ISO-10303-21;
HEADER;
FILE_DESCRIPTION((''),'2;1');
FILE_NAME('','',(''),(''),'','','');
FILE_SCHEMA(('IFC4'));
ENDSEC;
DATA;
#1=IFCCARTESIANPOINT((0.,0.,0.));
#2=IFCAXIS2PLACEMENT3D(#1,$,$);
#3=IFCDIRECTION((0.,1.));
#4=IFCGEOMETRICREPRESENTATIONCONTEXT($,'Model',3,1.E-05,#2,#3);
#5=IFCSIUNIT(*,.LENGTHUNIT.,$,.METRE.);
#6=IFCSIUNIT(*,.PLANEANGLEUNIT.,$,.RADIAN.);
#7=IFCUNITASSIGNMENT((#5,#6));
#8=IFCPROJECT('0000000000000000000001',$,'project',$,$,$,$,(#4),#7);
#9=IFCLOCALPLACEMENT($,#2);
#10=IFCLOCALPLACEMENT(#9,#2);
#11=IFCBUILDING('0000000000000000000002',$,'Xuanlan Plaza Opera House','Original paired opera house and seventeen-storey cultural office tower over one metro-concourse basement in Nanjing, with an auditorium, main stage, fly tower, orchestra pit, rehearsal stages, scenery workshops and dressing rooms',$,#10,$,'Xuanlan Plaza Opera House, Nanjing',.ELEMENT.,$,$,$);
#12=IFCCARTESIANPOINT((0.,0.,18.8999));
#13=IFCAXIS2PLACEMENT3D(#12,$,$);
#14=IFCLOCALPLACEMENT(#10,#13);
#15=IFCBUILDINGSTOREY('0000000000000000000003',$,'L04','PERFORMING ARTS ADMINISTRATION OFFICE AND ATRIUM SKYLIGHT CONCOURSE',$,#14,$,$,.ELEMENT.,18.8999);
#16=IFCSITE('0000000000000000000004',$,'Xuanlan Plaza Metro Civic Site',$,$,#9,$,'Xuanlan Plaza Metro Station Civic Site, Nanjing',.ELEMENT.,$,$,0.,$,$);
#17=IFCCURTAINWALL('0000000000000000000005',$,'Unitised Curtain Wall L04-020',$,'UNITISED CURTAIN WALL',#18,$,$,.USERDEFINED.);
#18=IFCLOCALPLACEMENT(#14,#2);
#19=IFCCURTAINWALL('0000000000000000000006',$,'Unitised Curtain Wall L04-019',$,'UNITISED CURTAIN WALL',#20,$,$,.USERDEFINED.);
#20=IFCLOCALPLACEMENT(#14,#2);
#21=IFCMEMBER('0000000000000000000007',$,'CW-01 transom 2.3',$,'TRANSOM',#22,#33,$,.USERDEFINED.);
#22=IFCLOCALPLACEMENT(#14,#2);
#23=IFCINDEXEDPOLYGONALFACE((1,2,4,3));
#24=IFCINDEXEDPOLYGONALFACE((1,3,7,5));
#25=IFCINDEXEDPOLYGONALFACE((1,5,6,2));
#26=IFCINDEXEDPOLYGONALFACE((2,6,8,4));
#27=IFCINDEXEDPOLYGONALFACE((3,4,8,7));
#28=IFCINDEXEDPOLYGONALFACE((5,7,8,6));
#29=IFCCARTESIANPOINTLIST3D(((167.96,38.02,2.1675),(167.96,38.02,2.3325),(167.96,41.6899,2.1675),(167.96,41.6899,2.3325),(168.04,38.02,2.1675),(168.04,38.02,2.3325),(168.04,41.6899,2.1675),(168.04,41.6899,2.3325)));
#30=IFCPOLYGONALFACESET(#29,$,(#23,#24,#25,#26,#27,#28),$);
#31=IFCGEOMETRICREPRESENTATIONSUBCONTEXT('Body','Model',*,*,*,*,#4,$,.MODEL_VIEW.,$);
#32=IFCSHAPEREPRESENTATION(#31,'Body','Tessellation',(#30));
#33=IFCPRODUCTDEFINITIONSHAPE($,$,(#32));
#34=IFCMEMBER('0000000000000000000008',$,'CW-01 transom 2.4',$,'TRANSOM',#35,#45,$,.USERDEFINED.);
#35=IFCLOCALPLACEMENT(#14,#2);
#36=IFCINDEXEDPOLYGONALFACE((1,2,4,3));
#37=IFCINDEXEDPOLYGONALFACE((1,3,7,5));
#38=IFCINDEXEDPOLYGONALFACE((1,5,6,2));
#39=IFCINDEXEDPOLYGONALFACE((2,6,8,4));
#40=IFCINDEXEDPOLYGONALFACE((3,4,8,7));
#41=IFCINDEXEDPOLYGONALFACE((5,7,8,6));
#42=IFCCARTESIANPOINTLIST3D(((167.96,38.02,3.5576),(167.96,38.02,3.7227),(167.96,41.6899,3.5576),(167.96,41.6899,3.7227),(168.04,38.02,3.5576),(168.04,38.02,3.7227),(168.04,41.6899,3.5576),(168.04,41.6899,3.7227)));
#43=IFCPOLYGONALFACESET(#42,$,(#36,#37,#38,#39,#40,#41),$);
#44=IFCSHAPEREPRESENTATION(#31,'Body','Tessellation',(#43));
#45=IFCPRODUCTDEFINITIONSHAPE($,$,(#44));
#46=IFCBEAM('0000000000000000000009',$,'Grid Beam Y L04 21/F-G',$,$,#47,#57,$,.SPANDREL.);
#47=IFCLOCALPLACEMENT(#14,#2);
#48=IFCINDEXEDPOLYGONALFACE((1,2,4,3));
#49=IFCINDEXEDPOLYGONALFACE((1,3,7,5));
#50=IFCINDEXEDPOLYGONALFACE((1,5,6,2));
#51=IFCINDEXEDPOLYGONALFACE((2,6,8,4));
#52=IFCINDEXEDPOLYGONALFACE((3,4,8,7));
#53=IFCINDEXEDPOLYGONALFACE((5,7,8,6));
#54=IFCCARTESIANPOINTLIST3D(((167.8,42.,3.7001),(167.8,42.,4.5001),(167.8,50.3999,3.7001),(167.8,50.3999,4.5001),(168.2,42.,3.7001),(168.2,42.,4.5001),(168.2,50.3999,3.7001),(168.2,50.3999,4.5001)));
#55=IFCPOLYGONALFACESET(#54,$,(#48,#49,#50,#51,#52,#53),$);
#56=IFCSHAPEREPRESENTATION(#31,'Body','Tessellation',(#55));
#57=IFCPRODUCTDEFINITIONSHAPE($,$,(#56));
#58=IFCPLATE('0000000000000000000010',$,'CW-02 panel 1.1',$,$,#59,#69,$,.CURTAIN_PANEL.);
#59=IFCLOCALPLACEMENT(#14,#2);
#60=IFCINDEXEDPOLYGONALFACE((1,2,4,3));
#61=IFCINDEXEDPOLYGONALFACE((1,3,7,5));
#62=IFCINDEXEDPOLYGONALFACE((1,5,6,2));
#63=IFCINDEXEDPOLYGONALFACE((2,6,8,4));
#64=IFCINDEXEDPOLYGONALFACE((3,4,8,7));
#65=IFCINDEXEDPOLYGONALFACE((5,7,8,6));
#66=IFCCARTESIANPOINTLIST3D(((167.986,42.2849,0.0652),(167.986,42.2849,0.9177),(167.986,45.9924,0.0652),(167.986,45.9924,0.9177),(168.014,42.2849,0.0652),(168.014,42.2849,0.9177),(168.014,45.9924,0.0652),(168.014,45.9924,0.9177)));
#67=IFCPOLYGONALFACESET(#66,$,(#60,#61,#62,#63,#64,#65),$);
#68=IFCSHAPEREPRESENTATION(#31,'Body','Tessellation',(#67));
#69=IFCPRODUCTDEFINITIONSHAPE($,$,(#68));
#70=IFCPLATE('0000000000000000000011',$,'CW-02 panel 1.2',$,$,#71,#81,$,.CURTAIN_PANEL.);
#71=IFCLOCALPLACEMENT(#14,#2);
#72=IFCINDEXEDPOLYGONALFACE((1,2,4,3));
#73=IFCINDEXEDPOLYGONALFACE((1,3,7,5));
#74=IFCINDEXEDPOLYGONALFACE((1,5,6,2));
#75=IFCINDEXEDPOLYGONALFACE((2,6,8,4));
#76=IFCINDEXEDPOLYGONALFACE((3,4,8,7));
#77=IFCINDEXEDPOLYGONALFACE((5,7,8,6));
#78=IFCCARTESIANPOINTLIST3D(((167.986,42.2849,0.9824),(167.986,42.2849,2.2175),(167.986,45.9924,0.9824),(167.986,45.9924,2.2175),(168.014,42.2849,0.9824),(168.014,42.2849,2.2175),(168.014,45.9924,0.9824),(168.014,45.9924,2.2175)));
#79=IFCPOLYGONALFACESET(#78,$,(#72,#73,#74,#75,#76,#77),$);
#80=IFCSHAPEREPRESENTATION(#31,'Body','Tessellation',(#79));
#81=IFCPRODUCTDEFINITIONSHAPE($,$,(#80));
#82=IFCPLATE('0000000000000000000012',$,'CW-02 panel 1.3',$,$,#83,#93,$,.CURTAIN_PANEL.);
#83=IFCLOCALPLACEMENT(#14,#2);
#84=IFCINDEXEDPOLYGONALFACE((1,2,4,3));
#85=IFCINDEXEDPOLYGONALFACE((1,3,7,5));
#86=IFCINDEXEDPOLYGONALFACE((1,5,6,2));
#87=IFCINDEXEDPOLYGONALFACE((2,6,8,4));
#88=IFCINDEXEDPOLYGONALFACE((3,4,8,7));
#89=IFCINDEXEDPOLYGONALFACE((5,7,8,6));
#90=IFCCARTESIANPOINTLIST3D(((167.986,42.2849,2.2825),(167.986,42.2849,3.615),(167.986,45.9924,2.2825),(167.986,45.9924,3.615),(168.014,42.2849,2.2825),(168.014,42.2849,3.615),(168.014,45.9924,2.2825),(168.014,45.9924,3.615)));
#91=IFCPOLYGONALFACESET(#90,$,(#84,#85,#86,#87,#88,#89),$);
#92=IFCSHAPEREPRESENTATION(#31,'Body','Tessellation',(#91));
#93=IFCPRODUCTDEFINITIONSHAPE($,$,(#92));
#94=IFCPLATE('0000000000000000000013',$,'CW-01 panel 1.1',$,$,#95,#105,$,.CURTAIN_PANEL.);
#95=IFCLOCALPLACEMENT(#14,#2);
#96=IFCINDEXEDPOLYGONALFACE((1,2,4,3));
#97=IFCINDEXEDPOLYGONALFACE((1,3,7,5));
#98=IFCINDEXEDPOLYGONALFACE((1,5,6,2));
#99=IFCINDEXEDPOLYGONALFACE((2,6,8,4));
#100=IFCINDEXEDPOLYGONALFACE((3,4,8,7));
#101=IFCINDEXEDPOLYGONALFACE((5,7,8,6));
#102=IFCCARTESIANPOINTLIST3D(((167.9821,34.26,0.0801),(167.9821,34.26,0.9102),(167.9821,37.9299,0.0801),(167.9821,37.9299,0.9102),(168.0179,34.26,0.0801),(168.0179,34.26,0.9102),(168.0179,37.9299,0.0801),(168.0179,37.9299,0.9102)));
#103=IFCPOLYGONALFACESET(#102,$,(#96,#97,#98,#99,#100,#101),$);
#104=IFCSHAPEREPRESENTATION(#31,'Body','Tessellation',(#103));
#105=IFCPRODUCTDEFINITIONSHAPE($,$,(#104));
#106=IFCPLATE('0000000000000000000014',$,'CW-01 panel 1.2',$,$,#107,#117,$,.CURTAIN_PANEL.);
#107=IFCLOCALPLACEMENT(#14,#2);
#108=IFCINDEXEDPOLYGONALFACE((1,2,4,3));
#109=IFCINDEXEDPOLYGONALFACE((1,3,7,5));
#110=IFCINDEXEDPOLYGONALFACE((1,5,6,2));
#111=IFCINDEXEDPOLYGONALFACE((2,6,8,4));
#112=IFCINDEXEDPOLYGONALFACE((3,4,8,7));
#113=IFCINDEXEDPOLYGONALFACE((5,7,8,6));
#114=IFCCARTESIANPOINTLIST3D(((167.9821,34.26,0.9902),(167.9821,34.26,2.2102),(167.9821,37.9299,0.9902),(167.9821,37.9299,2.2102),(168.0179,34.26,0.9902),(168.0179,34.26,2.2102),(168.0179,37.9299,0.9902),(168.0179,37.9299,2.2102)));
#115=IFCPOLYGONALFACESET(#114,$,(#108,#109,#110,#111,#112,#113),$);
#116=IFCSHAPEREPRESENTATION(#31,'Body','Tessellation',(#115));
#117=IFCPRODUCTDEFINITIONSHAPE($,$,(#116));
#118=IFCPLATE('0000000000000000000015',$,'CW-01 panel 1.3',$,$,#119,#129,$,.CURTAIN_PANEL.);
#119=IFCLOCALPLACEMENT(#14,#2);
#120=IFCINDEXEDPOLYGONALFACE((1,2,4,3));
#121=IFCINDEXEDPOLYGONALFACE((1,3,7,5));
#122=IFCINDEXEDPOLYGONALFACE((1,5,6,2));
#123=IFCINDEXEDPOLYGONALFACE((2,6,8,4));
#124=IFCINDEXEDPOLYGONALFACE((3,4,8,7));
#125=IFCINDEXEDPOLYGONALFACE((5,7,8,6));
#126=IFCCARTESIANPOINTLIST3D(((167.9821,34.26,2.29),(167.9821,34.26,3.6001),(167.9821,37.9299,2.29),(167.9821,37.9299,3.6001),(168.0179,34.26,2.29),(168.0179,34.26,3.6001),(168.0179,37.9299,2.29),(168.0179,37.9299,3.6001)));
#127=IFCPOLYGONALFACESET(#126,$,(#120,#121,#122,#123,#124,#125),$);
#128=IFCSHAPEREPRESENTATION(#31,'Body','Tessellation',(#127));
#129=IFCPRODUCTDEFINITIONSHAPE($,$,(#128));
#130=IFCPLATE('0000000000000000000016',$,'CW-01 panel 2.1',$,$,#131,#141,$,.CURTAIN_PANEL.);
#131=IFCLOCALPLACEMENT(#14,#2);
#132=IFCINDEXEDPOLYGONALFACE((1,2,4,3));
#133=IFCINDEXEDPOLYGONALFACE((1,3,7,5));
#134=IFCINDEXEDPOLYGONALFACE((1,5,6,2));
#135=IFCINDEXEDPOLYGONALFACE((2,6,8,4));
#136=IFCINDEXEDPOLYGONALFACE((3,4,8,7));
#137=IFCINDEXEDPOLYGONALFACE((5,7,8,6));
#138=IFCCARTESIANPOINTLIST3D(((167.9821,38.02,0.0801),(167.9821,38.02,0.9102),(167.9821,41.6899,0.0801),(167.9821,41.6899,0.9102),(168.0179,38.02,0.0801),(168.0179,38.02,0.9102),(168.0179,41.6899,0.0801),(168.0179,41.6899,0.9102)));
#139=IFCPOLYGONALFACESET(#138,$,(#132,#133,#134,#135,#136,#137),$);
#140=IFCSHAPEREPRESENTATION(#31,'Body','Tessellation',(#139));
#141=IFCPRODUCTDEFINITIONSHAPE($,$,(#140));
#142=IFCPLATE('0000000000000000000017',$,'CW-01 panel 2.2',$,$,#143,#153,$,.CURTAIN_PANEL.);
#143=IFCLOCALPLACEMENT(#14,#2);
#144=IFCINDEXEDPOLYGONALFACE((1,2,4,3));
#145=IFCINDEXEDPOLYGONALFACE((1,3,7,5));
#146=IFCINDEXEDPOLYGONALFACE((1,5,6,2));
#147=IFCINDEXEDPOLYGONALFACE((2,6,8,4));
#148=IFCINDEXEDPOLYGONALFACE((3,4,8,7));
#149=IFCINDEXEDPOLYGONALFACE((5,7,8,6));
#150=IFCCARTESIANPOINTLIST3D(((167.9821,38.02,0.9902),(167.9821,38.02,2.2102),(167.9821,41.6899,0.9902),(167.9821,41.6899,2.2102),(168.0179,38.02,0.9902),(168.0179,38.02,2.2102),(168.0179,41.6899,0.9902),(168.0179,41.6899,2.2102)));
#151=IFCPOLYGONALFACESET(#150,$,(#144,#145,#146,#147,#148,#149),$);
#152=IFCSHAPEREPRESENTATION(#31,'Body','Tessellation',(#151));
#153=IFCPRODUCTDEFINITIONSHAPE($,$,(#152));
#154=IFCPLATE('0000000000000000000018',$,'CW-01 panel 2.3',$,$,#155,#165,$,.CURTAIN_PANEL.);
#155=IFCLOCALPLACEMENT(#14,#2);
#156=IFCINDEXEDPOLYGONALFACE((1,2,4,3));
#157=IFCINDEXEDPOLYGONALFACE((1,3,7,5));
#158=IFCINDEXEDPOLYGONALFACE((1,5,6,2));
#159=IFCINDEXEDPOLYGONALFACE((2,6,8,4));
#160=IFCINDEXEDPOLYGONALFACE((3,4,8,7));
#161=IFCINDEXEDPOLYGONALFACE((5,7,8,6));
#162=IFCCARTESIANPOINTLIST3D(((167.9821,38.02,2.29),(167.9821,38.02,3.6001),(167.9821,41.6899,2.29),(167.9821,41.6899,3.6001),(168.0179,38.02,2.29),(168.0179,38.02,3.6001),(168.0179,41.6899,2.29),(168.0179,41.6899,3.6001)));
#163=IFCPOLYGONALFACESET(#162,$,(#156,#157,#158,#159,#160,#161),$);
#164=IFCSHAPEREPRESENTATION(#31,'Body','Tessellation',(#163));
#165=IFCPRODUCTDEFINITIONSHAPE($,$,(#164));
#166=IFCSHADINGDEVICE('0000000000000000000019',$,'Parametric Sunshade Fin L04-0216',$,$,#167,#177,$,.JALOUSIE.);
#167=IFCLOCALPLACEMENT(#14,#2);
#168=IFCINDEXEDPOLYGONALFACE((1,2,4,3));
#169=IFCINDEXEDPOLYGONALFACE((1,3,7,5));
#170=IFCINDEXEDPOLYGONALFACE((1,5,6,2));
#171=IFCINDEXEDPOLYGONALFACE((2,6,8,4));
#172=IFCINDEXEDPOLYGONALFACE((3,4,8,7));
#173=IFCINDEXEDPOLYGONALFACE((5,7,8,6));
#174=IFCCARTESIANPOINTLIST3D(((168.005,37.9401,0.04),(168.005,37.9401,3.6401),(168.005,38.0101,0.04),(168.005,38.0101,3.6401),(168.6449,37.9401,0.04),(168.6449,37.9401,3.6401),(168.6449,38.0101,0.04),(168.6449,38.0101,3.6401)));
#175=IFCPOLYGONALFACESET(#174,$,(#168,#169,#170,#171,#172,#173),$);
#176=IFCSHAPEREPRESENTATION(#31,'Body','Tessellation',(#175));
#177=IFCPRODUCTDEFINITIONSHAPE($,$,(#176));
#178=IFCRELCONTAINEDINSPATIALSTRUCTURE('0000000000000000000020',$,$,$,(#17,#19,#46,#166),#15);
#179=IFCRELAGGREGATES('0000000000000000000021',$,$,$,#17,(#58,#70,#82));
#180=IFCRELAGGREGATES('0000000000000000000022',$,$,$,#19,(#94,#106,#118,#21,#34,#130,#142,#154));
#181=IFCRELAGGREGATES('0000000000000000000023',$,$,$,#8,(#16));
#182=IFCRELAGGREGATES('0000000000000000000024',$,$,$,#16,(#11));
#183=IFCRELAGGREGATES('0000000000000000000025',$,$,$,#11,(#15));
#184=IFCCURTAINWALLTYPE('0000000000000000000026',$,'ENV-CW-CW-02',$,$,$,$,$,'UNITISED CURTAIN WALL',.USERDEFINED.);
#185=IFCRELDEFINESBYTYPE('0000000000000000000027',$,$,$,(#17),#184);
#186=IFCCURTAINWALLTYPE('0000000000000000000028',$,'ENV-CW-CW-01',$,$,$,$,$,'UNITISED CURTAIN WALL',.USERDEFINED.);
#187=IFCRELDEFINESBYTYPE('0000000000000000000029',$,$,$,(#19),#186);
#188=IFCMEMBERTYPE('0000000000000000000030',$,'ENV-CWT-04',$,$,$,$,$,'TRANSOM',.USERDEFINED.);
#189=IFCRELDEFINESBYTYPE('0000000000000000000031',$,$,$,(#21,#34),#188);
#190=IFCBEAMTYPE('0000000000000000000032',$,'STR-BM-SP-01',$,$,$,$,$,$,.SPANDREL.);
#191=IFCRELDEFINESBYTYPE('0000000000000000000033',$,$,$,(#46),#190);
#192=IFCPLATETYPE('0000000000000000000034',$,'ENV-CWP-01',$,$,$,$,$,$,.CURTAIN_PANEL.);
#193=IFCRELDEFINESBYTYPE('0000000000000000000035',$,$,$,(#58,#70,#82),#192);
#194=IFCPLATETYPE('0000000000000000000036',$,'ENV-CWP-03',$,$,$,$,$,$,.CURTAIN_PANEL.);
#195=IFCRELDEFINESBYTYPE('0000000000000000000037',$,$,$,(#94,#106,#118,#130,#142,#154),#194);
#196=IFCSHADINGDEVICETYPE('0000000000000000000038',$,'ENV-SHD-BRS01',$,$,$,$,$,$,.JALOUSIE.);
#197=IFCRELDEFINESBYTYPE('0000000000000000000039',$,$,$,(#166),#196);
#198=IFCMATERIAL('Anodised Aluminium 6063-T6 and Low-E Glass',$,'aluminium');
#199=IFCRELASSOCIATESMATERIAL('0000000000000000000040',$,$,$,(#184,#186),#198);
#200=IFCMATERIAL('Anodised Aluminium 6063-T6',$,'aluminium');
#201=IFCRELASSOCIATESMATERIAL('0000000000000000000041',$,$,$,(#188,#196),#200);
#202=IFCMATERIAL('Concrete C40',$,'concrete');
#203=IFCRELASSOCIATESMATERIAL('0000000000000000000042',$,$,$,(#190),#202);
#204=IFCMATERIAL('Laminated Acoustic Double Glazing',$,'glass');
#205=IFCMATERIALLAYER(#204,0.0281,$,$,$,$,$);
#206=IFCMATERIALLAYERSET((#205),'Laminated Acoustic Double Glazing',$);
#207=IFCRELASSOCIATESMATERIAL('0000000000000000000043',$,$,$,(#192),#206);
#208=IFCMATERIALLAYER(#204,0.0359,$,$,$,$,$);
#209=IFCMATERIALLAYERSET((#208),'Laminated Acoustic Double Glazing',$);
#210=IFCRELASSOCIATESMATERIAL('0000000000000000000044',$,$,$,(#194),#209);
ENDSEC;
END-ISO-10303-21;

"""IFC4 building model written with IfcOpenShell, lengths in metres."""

from ifc_helpers import new_model, si_unit, direction, frame, origin, origin_2d, place, context, subcontext, project, spatial, rectangle, extrude, material, layer, layer_set, material_profile, profile_set, type_object, element, aggregate, save


model = new_model("IFC4")

# Units and contexts
model_context = context("Model", 3, precision=1e-05, world=origin(), true_north=direction((0.0, 1.0)))
body_context = subcontext(model_context, "Body", "Model", "MODEL_VIEW")
ifc_project = project(units=[si_unit("LENGTHUNIT", "METRE"), si_unit("PLANEANGLEUNIT", "RADIAN")], contexts=[model_context])

# Site, building, storey
site_placement = place(None, origin())
site = spatial("IfcSite", under=ifc_project, at=site_placement, Name="Xuanlan Plaza Metro Civic Site", LongName="Xuanlan Plaza Metro Station Civic Site, Nanjing", CompositionType="ELEMENT", RefElevation=0.0)
building_placement = place(site_placement, origin())
building = spatial("IfcBuilding", under=site, at=building_placement, Name="Xuanlan Plaza Opera House", Description="Original paired opera house and seventeen-storey cultural office tower over one metro-concourse basement in Nanjing, with an auditorium, main stage, fly tower, orchestra pit, rehearsal stages, scenery workshops and dressing rooms", LongName="Xuanlan Plaza Opera House, Nanjing", CompositionType="ELEMENT")
storey_placement = place(building_placement, frame((0.0, 0.0, 18.8999)))
storey = spatial("IfcBuildingStorey", under=building, at=storey_placement, Name="L04", Description="PERFORMING ARTS ADMINISTRATION OFFICE AND ATRIUM SKYLIGHT CONCOURSE", CompositionType="ELEMENT", Elevation=18.8999)

# Curtain walls
ifc_material_1 = material(Name="Anodised Aluminium 6063-T6 and Low-E Glass", Category="aluminium")
curtain_wall_type_1 = type_object("IfcCurtainWallType", Name="ENV-CW-CW-02", ElementType="UNITISED CURTAIN WALL", PredefinedType="USERDEFINED", material=ifc_material_1)
curtain_wall_1_placement = place(storey_placement, origin())
curtain_wall_1 = element("IfcCurtainWall", 1, at=curtain_wall_1_placement, inside=storey, type_object=curtain_wall_type_1, Name="Unitised Curtain Wall L04-020", ObjectType="UNITISED CURTAIN WALL", PredefinedType="USERDEFINED")
ifc_material_2 = material(Name="Anodised Aluminium 6063-T6", Category="aluminium")
curtain_wall_type_2 = type_object("IfcCurtainWallType", Name="ENV-CW-CW-01", ElementType="UNITISED CURTAIN WALL", PredefinedType="USERDEFINED", material=ifc_material_1)
curtain_wall_2_placement = place(storey_placement, origin())
curtain_wall_2 = element("IfcCurtainWall", 2, at=curtain_wall_2_placement, inside=storey, type_object=curtain_wall_type_2, Name="Unitised Curtain Wall L04-019", ObjectType="UNITISED CURTAIN WALL", PredefinedType="USERDEFINED")

# Members
ifc_material_profile_1 = material_profile(ifc_material_2, rectangle(XDim=0.0801, YDim=0.165, at=origin_2d()), Name="ALU-T 80x165")
ifc_profile_set_1 = profile_set([ifc_material_profile_1], Name="Anodised Aluminium 6063-T6")
member_type_1 = type_object("IfcMemberType", Name="ENV-CWT-04", ElementType="TRANSOM", PredefinedType="USERDEFINED", material=ifc_profile_set_1)
member_1_placement = place(storey_placement, frame((168.0, 38.02, 2.25), z_axis=(0.0, 1.0, 0.0), x_axis=(-1.0, 0.0, 0.0)))
member_1 = element("IfcMember", 3, at=member_1_placement, type_object=member_type_1, Name="CW-01 transom 2.3", ObjectType="TRANSOM", PredefinedType="USERDEFINED", context=body_context, shape_type="SweptSolid", body=[
    extrude(rectangle(XDim=0.0801, YDim=0.165, at=origin_2d()), origin(), (0.0, 0.0, 1.0), 3.6699),
])
member_2_placement = place(storey_placement, frame((168.0, 38.02, 3.6401), z_axis=(0.0, 1.0, 0.0), x_axis=(-1.0, 0.0, 0.0)))
member_2 = element("IfcMember", 4, at=member_2_placement, type_object=member_type_1, Name="CW-01 transom 2.4", ObjectType="TRANSOM", PredefinedType="USERDEFINED", context=body_context, shape_type="SweptSolid", body=[
    extrude(rectangle(XDim=0.0801, YDim=0.165, at=origin_2d()), origin(), (0.0, 0.0, 1.0), 3.6699),
])

# Beam
ifc_material_3 = material(Name="Concrete C40", Category="concrete")
ifc_material_profile_2 = material_profile(ifc_material_3, rectangle(XDim=0.3999, YDim=0.8, at=origin_2d()), Name="RC-SPD 400x800")
ifc_profile_set_2 = profile_set([ifc_material_profile_2], Name="Concrete C40")
beam_type = type_object("IfcBeamType", Name="STR-BM-SP-01", PredefinedType="SPANDREL", material=ifc_profile_set_2)
beam_placement = place(storey_placement, frame((168.0, 42.0, 4.1001), z_axis=(0.0, 1.0, 0.0), x_axis=(-1.0, 0.0, 0.0)))
element("IfcBeam", 5, at=beam_placement, inside=storey, type_object=beam_type, Name="Grid Beam Y L04 21/F-G", PredefinedType="SPANDREL", context=body_context, shape_type="SweptSolid", body=[
    extrude(rectangle(XDim=0.3999, YDim=0.8, at=origin_2d()), origin(), (0.0, 0.0, 1.0), 8.3999),
])

# Plates
ifc_material_4 = material(Name="Laminated Acoustic Double Glazing", Category="glass")
ifc_layer_1 = layer(ifc_material_4, 0.0281)
ifc_layer_set_1 = layer_set([ifc_layer_1], Name="Laminated Acoustic Double Glazing")
plate_type_1 = type_object("IfcPlateType", Name="ENV-CWP-01", PredefinedType="CURTAIN_PANEL", material=ifc_layer_set_1)
plate_1_placement = place(storey_placement, frame((168.0, 44.1387, 0.0652), z_axis=(0.0, 0.0, 1.0), x_axis=(0.0, 1.0, 0.0)))
plate_1 = element("IfcPlate", 6, at=plate_1_placement, type_object=plate_type_1, Name="CW-02 panel 1.1", PredefinedType="CURTAIN_PANEL", context=body_context, shape_type="SweptSolid", body=[
    extrude(rectangle(XDim=3.7075, YDim=0.0281, at=origin_2d()), origin(), (0.0, 0.0, 1.0), 0.8525),
])
plate_2_placement = place(storey_placement, frame((168.0, 44.1387, 0.9824), z_axis=(0.0, 0.0, 1.0), x_axis=(0.0, 1.0, 0.0)))
plate_2 = element("IfcPlate", 7, at=plate_2_placement, type_object=plate_type_1, Name="CW-02 panel 1.2", PredefinedType="CURTAIN_PANEL", context=body_context, shape_type="SweptSolid", body=[
    extrude(rectangle(XDim=3.7075, YDim=0.0281, at=origin_2d()), origin(), (0.0, 0.0, 1.0), 1.2351),
])
plate_3_placement = place(storey_placement, frame((168.0, 44.1387, 2.2825), z_axis=(0.0, 0.0, 1.0), x_axis=(0.0, 1.0, 0.0)))
plate_3 = element("IfcPlate", 8, at=plate_3_placement, type_object=plate_type_1, Name="CW-02 panel 1.3", PredefinedType="CURTAIN_PANEL", context=body_context, shape_type="SweptSolid", body=[
    extrude(rectangle(XDim=3.7075, YDim=0.0281, at=origin_2d()), origin(), (0.0, 0.0, 1.0), 1.3325),
])
aggregate(curtain_wall_1, [plate_1, plate_2, plate_3])
ifc_layer_2 = layer(ifc_material_4, 0.0359)
ifc_layer_set_2 = layer_set([ifc_layer_2], Name="Laminated Acoustic Double Glazing")
plate_type_2 = type_object("IfcPlateType", Name="ENV-CWP-03", PredefinedType="CURTAIN_PANEL", material=ifc_layer_set_2)
plate_4_placement = place(storey_placement, frame((168.0, 36.095, 0.0801), z_axis=(0.0, 0.0, 1.0), x_axis=(0.0, 1.0, 0.0)))
plate_4 = element("IfcPlate", 9, at=plate_4_placement, type_object=plate_type_2, Name="CW-01 panel 1.1", PredefinedType="CURTAIN_PANEL", context=body_context, shape_type="SweptSolid", body=[
    extrude(rectangle(XDim=3.6699, YDim=0.0359, at=origin_2d()), origin(), (0.0, 0.0, 1.0), 0.8301),
])
plate_5_placement = place(storey_placement, frame((168.0, 36.095, 0.9902), z_axis=(0.0, 0.0, 1.0), x_axis=(0.0, 1.0, 0.0)))
plate_5 = element("IfcPlate", 10, at=plate_5_placement, type_object=plate_type_2, Name="CW-01 panel 1.2", PredefinedType="CURTAIN_PANEL", context=body_context, shape_type="SweptSolid", body=[
    extrude(rectangle(XDim=3.6699, YDim=0.0359, at=origin_2d()), origin(), (0.0, 0.0, 1.0), 1.22),
])
plate_6_placement = place(storey_placement, frame((168.0, 36.095, 2.29), z_axis=(0.0, 0.0, 1.0), x_axis=(0.0, 1.0, 0.0)))
plate_6 = element("IfcPlate", 11, at=plate_6_placement, type_object=plate_type_2, Name="CW-01 panel 1.3", PredefinedType="CURTAIN_PANEL", context=body_context, shape_type="SweptSolid", body=[
    extrude(rectangle(XDim=3.6699, YDim=0.0359, at=origin_2d()), origin(), (0.0, 0.0, 1.0), 1.3101),
])
plate_7_placement = place(storey_placement, frame((168.0, 39.855, 0.0801), z_axis=(0.0, 0.0, 1.0), x_axis=(0.0, 1.0, 0.0)))
plate_7 = element("IfcPlate", 12, at=plate_7_placement, type_object=plate_type_2, Name="CW-01 panel 2.1", PredefinedType="CURTAIN_PANEL", context=body_context, shape_type="SweptSolid", body=[
    extrude(rectangle(XDim=3.6699, YDim=0.0359, at=origin_2d()), origin(), (0.0, 0.0, 1.0), 0.8301),
])
plate_8_placement = place(storey_placement, frame((168.0, 39.855, 0.9902), z_axis=(0.0, 0.0, 1.0), x_axis=(0.0, 1.0, 0.0)))
plate_8 = element("IfcPlate", 13, at=plate_8_placement, type_object=plate_type_2, Name="CW-01 panel 2.2", PredefinedType="CURTAIN_PANEL", context=body_context, shape_type="SweptSolid", body=[
    extrude(rectangle(XDim=3.6699, YDim=0.0359, at=origin_2d()), origin(), (0.0, 0.0, 1.0), 1.22),
])
plate_9_placement = place(storey_placement, frame((168.0, 39.855, 2.29), z_axis=(0.0, 0.0, 1.0), x_axis=(0.0, 1.0, 0.0)))
plate_9 = element("IfcPlate", 14, at=plate_9_placement, type_object=plate_type_2, Name="CW-01 panel 2.3", PredefinedType="CURTAIN_PANEL", context=body_context, shape_type="SweptSolid", body=[
    extrude(rectangle(XDim=3.6699, YDim=0.0359, at=origin_2d()), origin(), (0.0, 0.0, 1.0), 1.3101),
])
aggregate(curtain_wall_2, [plate_4, plate_5, plate_6, member_1, member_2, plate_7, plate_8, plate_9])

# Shading device
shading_device_type = type_object("IfcShadingDeviceType", Name="ENV-SHD-BRS01", PredefinedType="JALOUSIE", material=ifc_material_2)
shading_device_placement = place(storey_placement, frame((168.325, 37.9751, 0.04), z_axis=(0.0, 0.0, 1.0), x_axis=(1.0, 0.0, 0.0)))
element("IfcShadingDevice", 15, at=shading_device_placement, inside=storey, type_object=shading_device_type, Name="Parametric Sunshade Fin L04-0216", PredefinedType="JALOUSIE", context=body_context, shape_type="SweptSolid", body=[
    extrude(rectangle(XDim=0.6399, YDim=0.0701, at=origin_2d()), origin(), (0.0, 0.0, 1.0), 3.6001),
])

save(model, "model.ifc")
